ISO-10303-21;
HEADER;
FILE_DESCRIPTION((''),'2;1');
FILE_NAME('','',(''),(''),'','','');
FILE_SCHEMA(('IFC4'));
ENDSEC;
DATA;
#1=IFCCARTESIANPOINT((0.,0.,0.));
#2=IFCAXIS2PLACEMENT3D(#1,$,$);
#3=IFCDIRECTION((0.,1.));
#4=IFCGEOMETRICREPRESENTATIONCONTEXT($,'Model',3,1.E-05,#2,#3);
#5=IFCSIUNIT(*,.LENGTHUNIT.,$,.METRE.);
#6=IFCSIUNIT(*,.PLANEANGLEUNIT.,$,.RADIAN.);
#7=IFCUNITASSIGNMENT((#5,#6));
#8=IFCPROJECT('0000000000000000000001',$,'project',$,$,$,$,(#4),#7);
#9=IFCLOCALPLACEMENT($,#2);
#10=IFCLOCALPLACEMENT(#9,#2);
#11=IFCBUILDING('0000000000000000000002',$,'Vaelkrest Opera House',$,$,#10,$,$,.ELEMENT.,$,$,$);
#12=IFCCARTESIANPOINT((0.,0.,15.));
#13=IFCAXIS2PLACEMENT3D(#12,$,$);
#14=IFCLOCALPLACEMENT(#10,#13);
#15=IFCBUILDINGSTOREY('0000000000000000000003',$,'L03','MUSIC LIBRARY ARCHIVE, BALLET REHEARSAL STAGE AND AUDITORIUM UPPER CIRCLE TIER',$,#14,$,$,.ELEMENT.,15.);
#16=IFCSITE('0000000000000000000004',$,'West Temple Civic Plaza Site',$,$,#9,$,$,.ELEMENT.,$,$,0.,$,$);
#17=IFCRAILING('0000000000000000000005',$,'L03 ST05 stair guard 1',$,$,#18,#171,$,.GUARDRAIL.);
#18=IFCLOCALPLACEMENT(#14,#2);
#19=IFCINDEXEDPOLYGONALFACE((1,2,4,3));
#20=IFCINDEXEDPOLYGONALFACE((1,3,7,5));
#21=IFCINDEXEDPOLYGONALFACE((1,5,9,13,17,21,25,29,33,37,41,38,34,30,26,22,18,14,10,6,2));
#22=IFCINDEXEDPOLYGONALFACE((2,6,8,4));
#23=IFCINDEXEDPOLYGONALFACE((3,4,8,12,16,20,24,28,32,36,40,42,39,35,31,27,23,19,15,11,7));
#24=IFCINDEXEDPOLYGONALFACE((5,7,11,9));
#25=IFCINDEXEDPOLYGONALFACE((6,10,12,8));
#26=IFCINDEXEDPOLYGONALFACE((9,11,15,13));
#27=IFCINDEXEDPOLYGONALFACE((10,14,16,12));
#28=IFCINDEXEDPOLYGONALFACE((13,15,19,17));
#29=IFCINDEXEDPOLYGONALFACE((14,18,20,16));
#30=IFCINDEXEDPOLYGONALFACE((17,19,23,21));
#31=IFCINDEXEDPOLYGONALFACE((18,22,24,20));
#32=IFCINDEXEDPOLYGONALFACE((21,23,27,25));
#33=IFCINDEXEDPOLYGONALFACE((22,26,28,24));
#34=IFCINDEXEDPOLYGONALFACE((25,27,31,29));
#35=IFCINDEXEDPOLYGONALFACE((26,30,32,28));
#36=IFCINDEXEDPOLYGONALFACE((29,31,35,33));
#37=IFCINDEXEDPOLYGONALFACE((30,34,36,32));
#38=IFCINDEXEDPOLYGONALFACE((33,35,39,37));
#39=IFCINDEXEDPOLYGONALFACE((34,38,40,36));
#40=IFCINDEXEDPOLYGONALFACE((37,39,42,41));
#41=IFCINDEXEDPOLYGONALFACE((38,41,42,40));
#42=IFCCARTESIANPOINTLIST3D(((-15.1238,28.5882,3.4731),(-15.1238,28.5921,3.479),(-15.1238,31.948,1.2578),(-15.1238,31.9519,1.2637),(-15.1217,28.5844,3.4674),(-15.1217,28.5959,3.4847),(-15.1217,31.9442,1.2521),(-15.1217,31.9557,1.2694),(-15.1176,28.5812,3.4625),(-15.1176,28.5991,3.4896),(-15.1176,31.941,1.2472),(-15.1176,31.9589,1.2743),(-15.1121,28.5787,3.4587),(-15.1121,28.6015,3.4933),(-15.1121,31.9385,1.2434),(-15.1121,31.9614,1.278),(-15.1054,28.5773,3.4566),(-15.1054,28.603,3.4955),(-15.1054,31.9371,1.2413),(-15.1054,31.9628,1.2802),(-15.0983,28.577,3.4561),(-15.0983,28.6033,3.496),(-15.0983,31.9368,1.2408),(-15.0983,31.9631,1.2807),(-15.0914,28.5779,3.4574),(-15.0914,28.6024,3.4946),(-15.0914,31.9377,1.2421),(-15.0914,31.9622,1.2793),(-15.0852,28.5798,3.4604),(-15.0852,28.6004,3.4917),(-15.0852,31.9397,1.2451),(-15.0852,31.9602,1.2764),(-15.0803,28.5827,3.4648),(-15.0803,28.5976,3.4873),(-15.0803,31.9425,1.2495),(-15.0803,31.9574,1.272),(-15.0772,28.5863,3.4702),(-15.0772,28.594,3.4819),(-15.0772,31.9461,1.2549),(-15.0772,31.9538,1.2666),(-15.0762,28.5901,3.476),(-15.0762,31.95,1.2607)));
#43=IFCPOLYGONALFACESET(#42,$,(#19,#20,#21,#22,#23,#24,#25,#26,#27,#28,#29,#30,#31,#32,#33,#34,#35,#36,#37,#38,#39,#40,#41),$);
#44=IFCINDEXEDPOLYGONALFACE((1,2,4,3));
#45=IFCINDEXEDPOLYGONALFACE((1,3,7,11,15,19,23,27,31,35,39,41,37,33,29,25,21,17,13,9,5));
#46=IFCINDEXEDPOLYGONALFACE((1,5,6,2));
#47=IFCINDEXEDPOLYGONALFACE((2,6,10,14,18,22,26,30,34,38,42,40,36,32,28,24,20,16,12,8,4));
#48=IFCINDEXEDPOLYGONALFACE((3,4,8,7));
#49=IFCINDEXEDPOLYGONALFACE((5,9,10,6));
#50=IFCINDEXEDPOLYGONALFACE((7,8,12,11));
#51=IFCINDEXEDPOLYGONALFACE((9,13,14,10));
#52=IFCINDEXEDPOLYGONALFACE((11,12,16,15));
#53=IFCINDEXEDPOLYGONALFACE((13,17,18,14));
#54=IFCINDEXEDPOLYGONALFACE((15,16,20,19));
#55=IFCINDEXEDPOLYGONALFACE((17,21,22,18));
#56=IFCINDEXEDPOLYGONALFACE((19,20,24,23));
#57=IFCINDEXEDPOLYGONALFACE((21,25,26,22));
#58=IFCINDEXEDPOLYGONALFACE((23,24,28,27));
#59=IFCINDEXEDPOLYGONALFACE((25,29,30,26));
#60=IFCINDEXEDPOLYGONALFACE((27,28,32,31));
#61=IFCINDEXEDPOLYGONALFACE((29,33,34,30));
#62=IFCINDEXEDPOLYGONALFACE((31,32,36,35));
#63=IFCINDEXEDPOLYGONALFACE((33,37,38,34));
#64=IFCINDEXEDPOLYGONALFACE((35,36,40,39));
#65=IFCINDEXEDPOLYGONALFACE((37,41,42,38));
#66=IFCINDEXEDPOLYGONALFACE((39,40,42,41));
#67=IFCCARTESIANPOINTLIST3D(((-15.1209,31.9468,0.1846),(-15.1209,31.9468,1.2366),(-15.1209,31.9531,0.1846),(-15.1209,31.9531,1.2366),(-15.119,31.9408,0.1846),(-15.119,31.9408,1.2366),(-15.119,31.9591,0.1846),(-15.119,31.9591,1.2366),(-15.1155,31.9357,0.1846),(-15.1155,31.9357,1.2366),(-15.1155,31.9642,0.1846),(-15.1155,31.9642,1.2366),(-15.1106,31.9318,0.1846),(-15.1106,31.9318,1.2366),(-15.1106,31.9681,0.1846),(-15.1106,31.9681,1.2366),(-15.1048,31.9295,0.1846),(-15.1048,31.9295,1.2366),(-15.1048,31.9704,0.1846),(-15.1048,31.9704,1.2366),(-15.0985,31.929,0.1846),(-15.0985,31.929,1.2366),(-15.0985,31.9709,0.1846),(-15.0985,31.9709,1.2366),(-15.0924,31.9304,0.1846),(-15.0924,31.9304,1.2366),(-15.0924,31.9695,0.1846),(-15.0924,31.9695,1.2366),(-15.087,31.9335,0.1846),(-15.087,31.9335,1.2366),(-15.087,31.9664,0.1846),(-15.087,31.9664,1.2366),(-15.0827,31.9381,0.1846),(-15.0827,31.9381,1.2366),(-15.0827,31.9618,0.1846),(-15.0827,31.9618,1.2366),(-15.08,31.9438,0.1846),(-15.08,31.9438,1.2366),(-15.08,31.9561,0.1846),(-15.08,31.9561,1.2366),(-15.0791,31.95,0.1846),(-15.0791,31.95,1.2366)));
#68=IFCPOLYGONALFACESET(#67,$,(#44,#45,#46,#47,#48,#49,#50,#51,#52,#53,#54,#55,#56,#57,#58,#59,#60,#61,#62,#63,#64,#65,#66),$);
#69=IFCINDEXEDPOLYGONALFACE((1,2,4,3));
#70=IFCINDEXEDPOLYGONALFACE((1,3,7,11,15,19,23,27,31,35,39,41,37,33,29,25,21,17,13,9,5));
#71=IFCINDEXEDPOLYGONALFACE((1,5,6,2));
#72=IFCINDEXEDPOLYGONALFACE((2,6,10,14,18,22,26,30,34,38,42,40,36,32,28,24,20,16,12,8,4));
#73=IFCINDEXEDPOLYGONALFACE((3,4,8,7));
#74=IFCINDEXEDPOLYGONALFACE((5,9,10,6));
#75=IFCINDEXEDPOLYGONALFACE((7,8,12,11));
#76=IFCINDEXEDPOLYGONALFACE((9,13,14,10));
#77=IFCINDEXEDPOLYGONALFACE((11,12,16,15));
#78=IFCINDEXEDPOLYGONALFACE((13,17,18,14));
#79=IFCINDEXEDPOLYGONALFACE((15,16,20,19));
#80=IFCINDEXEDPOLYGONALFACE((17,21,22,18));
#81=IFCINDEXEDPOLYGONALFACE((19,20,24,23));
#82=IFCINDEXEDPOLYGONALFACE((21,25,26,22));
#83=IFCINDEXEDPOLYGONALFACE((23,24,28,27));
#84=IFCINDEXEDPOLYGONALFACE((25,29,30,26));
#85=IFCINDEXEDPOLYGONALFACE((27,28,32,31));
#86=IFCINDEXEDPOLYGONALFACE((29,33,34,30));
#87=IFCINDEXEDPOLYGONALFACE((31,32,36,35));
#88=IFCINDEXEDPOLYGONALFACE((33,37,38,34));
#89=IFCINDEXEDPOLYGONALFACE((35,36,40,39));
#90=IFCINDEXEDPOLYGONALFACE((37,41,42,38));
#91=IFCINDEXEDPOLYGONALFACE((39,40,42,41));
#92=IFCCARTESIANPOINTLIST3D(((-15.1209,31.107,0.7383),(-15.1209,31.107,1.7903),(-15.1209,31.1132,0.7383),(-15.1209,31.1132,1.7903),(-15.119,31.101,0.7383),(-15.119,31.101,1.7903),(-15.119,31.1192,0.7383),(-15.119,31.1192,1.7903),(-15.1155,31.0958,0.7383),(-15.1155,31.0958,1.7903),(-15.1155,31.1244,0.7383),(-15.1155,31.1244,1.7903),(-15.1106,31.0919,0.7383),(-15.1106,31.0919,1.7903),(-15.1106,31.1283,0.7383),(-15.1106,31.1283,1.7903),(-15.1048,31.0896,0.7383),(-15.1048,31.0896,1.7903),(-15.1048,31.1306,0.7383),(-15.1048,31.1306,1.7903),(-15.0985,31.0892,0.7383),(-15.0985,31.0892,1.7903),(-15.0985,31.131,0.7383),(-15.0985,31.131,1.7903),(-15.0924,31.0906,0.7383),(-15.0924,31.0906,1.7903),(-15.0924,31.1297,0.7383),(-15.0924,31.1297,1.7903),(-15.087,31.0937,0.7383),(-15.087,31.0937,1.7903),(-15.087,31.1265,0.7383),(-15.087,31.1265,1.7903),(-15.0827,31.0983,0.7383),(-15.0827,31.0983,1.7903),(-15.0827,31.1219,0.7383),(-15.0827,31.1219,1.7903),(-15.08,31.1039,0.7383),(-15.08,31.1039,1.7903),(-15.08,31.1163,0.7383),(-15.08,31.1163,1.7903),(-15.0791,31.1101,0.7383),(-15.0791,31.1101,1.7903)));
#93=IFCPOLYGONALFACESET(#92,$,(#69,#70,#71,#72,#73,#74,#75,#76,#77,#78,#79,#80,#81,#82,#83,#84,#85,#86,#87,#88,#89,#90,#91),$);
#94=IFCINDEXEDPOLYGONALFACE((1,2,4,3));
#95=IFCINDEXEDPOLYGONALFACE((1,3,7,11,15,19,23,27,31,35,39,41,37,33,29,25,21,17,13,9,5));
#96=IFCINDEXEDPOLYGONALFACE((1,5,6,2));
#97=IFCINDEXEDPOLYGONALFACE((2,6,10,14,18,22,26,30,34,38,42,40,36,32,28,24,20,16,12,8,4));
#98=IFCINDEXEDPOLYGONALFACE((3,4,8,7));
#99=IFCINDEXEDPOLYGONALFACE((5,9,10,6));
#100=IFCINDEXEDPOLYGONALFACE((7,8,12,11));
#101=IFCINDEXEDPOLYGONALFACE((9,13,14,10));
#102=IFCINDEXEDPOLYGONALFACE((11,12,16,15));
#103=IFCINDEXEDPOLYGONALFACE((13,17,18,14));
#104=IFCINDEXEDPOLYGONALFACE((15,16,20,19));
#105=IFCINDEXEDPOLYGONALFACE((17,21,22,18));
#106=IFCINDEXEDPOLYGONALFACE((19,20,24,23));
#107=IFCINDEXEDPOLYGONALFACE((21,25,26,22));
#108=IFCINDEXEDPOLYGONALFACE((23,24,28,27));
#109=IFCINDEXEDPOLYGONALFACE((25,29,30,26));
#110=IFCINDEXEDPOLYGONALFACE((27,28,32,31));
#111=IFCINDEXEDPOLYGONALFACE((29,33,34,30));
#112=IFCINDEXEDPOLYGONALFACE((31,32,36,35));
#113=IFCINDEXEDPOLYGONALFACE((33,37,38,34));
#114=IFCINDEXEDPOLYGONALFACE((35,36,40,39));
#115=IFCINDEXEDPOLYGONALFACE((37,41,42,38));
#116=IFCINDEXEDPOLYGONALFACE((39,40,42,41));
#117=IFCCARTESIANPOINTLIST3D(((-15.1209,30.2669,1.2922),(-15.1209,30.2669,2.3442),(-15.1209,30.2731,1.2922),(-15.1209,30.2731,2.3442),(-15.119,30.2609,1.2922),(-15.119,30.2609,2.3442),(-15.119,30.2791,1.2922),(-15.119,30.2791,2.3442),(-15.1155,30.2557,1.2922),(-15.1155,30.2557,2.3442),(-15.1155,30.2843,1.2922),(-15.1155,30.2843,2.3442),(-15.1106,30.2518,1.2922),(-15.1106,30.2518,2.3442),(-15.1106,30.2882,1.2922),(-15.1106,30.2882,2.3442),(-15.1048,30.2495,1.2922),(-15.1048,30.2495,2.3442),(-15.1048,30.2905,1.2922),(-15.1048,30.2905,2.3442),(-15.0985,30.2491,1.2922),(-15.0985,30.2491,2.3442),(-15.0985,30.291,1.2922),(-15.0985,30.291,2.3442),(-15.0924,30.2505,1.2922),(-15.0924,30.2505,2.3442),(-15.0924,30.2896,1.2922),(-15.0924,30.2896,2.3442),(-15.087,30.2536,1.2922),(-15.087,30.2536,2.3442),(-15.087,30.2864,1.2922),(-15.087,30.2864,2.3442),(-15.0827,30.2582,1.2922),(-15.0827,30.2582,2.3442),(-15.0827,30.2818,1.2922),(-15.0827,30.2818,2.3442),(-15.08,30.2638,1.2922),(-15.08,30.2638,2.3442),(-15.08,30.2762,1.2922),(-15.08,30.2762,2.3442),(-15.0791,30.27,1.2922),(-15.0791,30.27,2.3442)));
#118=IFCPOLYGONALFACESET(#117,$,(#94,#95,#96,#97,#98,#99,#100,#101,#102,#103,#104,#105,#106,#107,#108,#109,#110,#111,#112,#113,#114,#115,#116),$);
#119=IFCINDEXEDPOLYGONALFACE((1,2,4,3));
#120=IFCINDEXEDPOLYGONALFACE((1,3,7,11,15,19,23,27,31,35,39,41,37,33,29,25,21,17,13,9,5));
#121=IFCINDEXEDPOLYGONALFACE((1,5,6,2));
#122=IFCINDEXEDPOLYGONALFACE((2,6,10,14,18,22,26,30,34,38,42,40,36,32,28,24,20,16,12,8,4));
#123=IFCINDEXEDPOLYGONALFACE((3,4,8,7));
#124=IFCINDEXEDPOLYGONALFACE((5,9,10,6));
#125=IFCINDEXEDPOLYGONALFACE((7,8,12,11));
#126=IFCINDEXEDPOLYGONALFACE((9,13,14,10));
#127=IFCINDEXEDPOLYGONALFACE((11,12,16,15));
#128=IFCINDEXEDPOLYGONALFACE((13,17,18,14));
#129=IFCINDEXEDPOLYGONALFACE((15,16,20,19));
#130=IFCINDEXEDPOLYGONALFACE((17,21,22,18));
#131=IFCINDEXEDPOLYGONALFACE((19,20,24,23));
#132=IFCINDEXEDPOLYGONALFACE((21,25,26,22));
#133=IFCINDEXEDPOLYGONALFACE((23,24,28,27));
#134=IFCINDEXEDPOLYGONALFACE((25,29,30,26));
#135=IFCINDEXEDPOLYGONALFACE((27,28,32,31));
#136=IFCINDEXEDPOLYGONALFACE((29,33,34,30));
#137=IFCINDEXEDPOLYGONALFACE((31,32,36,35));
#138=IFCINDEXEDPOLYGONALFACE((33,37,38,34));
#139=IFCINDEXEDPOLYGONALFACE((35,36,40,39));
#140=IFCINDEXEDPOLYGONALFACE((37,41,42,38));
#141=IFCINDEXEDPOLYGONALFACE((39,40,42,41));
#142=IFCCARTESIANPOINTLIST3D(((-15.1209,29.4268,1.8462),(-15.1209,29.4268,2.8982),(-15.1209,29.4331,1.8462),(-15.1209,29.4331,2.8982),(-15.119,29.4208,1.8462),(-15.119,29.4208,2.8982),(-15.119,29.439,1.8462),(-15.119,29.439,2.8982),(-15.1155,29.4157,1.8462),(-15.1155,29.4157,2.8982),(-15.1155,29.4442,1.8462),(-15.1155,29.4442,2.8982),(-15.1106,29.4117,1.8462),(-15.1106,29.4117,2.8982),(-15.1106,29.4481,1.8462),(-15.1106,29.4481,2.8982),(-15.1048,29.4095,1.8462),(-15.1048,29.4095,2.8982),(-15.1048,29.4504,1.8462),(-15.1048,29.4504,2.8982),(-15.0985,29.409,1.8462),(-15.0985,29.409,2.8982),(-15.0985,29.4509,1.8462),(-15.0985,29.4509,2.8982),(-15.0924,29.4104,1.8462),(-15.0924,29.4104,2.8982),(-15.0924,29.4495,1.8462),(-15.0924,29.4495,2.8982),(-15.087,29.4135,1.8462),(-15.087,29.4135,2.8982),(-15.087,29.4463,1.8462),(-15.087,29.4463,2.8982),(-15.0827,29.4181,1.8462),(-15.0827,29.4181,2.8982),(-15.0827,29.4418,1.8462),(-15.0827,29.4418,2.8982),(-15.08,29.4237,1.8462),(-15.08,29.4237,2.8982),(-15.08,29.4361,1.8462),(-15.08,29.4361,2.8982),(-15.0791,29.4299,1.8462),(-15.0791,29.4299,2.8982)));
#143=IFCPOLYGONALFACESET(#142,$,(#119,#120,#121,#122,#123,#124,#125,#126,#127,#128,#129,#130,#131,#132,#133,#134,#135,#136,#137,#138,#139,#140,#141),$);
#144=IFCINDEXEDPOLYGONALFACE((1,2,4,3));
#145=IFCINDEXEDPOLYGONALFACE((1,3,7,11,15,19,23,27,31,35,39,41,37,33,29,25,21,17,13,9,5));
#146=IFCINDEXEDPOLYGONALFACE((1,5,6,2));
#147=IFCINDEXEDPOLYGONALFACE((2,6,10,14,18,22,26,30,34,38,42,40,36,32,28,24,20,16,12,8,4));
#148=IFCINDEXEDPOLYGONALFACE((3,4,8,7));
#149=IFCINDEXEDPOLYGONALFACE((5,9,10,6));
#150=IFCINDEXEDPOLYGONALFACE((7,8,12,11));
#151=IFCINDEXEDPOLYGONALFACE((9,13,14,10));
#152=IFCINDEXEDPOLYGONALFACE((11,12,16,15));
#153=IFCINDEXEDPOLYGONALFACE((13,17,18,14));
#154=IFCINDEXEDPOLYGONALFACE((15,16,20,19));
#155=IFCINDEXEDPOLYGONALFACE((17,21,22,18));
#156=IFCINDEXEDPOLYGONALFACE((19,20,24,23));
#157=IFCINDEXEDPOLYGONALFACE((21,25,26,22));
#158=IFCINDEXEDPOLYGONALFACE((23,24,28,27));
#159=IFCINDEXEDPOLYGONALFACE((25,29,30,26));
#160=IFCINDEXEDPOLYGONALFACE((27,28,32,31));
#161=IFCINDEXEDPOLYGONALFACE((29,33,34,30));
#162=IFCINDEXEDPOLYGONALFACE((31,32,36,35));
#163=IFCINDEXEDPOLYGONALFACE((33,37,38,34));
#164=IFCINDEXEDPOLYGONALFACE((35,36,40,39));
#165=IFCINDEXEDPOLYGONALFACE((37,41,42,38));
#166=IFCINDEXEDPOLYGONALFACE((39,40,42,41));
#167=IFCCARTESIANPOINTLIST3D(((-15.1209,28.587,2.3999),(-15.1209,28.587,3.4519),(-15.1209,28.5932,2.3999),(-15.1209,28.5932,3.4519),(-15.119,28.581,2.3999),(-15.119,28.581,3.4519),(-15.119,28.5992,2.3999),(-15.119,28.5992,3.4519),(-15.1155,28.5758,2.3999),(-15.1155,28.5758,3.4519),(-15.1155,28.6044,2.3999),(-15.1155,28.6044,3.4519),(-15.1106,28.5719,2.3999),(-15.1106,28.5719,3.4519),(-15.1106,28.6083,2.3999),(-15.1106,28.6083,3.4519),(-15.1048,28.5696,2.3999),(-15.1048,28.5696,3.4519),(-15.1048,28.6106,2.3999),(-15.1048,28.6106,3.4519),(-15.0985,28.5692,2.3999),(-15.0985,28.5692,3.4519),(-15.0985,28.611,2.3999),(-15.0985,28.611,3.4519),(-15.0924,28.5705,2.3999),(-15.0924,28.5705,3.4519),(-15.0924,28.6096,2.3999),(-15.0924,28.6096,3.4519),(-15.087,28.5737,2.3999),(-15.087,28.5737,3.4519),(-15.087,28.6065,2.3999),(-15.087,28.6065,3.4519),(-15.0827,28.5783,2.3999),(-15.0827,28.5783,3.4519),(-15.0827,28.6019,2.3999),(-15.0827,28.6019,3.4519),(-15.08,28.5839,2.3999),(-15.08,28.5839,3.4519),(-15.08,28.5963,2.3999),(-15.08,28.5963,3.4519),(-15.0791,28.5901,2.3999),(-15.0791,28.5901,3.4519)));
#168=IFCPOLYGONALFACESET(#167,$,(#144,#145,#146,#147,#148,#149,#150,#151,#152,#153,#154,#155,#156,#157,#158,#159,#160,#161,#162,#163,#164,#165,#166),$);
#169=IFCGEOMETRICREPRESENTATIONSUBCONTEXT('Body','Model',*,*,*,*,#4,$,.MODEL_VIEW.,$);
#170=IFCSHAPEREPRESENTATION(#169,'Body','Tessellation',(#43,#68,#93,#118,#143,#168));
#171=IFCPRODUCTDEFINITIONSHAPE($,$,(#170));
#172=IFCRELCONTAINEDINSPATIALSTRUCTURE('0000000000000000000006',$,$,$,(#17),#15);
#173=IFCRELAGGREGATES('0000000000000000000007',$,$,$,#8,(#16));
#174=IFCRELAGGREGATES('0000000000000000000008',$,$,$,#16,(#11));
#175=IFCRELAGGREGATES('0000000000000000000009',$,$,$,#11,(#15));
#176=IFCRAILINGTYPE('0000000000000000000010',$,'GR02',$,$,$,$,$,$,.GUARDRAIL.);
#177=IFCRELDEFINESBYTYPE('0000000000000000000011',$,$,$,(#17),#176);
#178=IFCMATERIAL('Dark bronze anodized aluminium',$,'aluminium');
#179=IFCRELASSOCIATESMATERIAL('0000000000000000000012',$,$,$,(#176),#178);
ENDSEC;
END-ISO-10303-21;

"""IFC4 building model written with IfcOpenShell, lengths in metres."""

from ifc_helpers import new_model, si_unit, direction, frame, origin, origin_2d, place, context, subcontext, project, spatial, circle, extrude, material, type_object, element, save


model = new_model("IFC4")

# Units and contexts
model_context = context("Model", 3, precision=1e-05, world=origin(), true_north=direction((0.0, 1.0)))
body_context = subcontext(model_context, "Body", "Model", "MODEL_VIEW")
ifc_project = project(units=[si_unit("LENGTHUNIT", "METRE"), si_unit("PLANEANGLEUNIT", "RADIAN")], contexts=[model_context])

# Site, building, storey
site_placement = place(None, origin())
site = spatial("IfcSite", under=ifc_project, at=site_placement, Name="West Temple Civic Plaza Site", CompositionType="ELEMENT", RefElevation=0.0)
building_placement = place(site_placement, origin())
building = spatial("IfcBuilding", under=site, at=building_placement, Name="Vaelkrest Opera House", CompositionType="ELEMENT")
storey_placement = place(building_placement, frame((0.0, 0.0, 15.0)))
storey = spatial("IfcBuildingStorey", under=building, at=storey_placement, Name="L03", Description="MUSIC LIBRARY ARCHIVE, BALLET REHEARSAL STAGE AND AUDITORIUM UPPER CIRCLE TIER", CompositionType="ELEMENT", Elevation=15.0)

# Railing
ifc_material_1 = material(Name="Dark bronze anodized aluminium", Category="aluminium")
railing_type_1 = type_object("IfcRailingType", Name="GR02", PredefinedType="GUARDRAIL", material=ifc_material_1)
railing_1_placement = place(storey_placement, frame((-15.1001, 31.95, 0.1846)))
element("IfcRailing", 1, at=railing_1_placement, inside=storey, type_object=railing_type_1, Name="L03 ST05 stair guard 1", PredefinedType="GUARDRAIL", context=body_context, shape_type="SweptSolid", body=[
    extrude(circle(Radius=0.0239, at=origin_2d()), frame((0.0, 0.0, 1.0762), z_axis=(0.0, -0.834858, 0.550465), x_axis=(1.0, 0.0, 0.0)), (0.0, 0.0, 1.0), 4.0244),
    extrude(circle(Radius=0.021, at=origin_2d()), origin(), (0.0, 0.0, 1.0), 1.052),
    extrude(circle(Radius=0.021, at=origin_2d()), frame((0.0, -0.8398, 0.5537)), (0.0, 0.0, 1.0), 1.052),
    extrude(circle(Radius=0.021, at=origin_2d()), frame((0.0, -1.6799, 1.1077)), (0.0, 0.0, 1.0), 1.052),
    extrude(circle(Radius=0.021, at=origin_2d()), frame((0.0, -2.52, 1.6616)), (0.0, 0.0, 1.0), 1.052),
    extrude(circle(Radius=0.021, at=origin_2d()), frame((0.0, -3.3599, 2.2153)), (0.0, 0.0, 1.0), 1.052),
])

save(model, "model.ifc")
